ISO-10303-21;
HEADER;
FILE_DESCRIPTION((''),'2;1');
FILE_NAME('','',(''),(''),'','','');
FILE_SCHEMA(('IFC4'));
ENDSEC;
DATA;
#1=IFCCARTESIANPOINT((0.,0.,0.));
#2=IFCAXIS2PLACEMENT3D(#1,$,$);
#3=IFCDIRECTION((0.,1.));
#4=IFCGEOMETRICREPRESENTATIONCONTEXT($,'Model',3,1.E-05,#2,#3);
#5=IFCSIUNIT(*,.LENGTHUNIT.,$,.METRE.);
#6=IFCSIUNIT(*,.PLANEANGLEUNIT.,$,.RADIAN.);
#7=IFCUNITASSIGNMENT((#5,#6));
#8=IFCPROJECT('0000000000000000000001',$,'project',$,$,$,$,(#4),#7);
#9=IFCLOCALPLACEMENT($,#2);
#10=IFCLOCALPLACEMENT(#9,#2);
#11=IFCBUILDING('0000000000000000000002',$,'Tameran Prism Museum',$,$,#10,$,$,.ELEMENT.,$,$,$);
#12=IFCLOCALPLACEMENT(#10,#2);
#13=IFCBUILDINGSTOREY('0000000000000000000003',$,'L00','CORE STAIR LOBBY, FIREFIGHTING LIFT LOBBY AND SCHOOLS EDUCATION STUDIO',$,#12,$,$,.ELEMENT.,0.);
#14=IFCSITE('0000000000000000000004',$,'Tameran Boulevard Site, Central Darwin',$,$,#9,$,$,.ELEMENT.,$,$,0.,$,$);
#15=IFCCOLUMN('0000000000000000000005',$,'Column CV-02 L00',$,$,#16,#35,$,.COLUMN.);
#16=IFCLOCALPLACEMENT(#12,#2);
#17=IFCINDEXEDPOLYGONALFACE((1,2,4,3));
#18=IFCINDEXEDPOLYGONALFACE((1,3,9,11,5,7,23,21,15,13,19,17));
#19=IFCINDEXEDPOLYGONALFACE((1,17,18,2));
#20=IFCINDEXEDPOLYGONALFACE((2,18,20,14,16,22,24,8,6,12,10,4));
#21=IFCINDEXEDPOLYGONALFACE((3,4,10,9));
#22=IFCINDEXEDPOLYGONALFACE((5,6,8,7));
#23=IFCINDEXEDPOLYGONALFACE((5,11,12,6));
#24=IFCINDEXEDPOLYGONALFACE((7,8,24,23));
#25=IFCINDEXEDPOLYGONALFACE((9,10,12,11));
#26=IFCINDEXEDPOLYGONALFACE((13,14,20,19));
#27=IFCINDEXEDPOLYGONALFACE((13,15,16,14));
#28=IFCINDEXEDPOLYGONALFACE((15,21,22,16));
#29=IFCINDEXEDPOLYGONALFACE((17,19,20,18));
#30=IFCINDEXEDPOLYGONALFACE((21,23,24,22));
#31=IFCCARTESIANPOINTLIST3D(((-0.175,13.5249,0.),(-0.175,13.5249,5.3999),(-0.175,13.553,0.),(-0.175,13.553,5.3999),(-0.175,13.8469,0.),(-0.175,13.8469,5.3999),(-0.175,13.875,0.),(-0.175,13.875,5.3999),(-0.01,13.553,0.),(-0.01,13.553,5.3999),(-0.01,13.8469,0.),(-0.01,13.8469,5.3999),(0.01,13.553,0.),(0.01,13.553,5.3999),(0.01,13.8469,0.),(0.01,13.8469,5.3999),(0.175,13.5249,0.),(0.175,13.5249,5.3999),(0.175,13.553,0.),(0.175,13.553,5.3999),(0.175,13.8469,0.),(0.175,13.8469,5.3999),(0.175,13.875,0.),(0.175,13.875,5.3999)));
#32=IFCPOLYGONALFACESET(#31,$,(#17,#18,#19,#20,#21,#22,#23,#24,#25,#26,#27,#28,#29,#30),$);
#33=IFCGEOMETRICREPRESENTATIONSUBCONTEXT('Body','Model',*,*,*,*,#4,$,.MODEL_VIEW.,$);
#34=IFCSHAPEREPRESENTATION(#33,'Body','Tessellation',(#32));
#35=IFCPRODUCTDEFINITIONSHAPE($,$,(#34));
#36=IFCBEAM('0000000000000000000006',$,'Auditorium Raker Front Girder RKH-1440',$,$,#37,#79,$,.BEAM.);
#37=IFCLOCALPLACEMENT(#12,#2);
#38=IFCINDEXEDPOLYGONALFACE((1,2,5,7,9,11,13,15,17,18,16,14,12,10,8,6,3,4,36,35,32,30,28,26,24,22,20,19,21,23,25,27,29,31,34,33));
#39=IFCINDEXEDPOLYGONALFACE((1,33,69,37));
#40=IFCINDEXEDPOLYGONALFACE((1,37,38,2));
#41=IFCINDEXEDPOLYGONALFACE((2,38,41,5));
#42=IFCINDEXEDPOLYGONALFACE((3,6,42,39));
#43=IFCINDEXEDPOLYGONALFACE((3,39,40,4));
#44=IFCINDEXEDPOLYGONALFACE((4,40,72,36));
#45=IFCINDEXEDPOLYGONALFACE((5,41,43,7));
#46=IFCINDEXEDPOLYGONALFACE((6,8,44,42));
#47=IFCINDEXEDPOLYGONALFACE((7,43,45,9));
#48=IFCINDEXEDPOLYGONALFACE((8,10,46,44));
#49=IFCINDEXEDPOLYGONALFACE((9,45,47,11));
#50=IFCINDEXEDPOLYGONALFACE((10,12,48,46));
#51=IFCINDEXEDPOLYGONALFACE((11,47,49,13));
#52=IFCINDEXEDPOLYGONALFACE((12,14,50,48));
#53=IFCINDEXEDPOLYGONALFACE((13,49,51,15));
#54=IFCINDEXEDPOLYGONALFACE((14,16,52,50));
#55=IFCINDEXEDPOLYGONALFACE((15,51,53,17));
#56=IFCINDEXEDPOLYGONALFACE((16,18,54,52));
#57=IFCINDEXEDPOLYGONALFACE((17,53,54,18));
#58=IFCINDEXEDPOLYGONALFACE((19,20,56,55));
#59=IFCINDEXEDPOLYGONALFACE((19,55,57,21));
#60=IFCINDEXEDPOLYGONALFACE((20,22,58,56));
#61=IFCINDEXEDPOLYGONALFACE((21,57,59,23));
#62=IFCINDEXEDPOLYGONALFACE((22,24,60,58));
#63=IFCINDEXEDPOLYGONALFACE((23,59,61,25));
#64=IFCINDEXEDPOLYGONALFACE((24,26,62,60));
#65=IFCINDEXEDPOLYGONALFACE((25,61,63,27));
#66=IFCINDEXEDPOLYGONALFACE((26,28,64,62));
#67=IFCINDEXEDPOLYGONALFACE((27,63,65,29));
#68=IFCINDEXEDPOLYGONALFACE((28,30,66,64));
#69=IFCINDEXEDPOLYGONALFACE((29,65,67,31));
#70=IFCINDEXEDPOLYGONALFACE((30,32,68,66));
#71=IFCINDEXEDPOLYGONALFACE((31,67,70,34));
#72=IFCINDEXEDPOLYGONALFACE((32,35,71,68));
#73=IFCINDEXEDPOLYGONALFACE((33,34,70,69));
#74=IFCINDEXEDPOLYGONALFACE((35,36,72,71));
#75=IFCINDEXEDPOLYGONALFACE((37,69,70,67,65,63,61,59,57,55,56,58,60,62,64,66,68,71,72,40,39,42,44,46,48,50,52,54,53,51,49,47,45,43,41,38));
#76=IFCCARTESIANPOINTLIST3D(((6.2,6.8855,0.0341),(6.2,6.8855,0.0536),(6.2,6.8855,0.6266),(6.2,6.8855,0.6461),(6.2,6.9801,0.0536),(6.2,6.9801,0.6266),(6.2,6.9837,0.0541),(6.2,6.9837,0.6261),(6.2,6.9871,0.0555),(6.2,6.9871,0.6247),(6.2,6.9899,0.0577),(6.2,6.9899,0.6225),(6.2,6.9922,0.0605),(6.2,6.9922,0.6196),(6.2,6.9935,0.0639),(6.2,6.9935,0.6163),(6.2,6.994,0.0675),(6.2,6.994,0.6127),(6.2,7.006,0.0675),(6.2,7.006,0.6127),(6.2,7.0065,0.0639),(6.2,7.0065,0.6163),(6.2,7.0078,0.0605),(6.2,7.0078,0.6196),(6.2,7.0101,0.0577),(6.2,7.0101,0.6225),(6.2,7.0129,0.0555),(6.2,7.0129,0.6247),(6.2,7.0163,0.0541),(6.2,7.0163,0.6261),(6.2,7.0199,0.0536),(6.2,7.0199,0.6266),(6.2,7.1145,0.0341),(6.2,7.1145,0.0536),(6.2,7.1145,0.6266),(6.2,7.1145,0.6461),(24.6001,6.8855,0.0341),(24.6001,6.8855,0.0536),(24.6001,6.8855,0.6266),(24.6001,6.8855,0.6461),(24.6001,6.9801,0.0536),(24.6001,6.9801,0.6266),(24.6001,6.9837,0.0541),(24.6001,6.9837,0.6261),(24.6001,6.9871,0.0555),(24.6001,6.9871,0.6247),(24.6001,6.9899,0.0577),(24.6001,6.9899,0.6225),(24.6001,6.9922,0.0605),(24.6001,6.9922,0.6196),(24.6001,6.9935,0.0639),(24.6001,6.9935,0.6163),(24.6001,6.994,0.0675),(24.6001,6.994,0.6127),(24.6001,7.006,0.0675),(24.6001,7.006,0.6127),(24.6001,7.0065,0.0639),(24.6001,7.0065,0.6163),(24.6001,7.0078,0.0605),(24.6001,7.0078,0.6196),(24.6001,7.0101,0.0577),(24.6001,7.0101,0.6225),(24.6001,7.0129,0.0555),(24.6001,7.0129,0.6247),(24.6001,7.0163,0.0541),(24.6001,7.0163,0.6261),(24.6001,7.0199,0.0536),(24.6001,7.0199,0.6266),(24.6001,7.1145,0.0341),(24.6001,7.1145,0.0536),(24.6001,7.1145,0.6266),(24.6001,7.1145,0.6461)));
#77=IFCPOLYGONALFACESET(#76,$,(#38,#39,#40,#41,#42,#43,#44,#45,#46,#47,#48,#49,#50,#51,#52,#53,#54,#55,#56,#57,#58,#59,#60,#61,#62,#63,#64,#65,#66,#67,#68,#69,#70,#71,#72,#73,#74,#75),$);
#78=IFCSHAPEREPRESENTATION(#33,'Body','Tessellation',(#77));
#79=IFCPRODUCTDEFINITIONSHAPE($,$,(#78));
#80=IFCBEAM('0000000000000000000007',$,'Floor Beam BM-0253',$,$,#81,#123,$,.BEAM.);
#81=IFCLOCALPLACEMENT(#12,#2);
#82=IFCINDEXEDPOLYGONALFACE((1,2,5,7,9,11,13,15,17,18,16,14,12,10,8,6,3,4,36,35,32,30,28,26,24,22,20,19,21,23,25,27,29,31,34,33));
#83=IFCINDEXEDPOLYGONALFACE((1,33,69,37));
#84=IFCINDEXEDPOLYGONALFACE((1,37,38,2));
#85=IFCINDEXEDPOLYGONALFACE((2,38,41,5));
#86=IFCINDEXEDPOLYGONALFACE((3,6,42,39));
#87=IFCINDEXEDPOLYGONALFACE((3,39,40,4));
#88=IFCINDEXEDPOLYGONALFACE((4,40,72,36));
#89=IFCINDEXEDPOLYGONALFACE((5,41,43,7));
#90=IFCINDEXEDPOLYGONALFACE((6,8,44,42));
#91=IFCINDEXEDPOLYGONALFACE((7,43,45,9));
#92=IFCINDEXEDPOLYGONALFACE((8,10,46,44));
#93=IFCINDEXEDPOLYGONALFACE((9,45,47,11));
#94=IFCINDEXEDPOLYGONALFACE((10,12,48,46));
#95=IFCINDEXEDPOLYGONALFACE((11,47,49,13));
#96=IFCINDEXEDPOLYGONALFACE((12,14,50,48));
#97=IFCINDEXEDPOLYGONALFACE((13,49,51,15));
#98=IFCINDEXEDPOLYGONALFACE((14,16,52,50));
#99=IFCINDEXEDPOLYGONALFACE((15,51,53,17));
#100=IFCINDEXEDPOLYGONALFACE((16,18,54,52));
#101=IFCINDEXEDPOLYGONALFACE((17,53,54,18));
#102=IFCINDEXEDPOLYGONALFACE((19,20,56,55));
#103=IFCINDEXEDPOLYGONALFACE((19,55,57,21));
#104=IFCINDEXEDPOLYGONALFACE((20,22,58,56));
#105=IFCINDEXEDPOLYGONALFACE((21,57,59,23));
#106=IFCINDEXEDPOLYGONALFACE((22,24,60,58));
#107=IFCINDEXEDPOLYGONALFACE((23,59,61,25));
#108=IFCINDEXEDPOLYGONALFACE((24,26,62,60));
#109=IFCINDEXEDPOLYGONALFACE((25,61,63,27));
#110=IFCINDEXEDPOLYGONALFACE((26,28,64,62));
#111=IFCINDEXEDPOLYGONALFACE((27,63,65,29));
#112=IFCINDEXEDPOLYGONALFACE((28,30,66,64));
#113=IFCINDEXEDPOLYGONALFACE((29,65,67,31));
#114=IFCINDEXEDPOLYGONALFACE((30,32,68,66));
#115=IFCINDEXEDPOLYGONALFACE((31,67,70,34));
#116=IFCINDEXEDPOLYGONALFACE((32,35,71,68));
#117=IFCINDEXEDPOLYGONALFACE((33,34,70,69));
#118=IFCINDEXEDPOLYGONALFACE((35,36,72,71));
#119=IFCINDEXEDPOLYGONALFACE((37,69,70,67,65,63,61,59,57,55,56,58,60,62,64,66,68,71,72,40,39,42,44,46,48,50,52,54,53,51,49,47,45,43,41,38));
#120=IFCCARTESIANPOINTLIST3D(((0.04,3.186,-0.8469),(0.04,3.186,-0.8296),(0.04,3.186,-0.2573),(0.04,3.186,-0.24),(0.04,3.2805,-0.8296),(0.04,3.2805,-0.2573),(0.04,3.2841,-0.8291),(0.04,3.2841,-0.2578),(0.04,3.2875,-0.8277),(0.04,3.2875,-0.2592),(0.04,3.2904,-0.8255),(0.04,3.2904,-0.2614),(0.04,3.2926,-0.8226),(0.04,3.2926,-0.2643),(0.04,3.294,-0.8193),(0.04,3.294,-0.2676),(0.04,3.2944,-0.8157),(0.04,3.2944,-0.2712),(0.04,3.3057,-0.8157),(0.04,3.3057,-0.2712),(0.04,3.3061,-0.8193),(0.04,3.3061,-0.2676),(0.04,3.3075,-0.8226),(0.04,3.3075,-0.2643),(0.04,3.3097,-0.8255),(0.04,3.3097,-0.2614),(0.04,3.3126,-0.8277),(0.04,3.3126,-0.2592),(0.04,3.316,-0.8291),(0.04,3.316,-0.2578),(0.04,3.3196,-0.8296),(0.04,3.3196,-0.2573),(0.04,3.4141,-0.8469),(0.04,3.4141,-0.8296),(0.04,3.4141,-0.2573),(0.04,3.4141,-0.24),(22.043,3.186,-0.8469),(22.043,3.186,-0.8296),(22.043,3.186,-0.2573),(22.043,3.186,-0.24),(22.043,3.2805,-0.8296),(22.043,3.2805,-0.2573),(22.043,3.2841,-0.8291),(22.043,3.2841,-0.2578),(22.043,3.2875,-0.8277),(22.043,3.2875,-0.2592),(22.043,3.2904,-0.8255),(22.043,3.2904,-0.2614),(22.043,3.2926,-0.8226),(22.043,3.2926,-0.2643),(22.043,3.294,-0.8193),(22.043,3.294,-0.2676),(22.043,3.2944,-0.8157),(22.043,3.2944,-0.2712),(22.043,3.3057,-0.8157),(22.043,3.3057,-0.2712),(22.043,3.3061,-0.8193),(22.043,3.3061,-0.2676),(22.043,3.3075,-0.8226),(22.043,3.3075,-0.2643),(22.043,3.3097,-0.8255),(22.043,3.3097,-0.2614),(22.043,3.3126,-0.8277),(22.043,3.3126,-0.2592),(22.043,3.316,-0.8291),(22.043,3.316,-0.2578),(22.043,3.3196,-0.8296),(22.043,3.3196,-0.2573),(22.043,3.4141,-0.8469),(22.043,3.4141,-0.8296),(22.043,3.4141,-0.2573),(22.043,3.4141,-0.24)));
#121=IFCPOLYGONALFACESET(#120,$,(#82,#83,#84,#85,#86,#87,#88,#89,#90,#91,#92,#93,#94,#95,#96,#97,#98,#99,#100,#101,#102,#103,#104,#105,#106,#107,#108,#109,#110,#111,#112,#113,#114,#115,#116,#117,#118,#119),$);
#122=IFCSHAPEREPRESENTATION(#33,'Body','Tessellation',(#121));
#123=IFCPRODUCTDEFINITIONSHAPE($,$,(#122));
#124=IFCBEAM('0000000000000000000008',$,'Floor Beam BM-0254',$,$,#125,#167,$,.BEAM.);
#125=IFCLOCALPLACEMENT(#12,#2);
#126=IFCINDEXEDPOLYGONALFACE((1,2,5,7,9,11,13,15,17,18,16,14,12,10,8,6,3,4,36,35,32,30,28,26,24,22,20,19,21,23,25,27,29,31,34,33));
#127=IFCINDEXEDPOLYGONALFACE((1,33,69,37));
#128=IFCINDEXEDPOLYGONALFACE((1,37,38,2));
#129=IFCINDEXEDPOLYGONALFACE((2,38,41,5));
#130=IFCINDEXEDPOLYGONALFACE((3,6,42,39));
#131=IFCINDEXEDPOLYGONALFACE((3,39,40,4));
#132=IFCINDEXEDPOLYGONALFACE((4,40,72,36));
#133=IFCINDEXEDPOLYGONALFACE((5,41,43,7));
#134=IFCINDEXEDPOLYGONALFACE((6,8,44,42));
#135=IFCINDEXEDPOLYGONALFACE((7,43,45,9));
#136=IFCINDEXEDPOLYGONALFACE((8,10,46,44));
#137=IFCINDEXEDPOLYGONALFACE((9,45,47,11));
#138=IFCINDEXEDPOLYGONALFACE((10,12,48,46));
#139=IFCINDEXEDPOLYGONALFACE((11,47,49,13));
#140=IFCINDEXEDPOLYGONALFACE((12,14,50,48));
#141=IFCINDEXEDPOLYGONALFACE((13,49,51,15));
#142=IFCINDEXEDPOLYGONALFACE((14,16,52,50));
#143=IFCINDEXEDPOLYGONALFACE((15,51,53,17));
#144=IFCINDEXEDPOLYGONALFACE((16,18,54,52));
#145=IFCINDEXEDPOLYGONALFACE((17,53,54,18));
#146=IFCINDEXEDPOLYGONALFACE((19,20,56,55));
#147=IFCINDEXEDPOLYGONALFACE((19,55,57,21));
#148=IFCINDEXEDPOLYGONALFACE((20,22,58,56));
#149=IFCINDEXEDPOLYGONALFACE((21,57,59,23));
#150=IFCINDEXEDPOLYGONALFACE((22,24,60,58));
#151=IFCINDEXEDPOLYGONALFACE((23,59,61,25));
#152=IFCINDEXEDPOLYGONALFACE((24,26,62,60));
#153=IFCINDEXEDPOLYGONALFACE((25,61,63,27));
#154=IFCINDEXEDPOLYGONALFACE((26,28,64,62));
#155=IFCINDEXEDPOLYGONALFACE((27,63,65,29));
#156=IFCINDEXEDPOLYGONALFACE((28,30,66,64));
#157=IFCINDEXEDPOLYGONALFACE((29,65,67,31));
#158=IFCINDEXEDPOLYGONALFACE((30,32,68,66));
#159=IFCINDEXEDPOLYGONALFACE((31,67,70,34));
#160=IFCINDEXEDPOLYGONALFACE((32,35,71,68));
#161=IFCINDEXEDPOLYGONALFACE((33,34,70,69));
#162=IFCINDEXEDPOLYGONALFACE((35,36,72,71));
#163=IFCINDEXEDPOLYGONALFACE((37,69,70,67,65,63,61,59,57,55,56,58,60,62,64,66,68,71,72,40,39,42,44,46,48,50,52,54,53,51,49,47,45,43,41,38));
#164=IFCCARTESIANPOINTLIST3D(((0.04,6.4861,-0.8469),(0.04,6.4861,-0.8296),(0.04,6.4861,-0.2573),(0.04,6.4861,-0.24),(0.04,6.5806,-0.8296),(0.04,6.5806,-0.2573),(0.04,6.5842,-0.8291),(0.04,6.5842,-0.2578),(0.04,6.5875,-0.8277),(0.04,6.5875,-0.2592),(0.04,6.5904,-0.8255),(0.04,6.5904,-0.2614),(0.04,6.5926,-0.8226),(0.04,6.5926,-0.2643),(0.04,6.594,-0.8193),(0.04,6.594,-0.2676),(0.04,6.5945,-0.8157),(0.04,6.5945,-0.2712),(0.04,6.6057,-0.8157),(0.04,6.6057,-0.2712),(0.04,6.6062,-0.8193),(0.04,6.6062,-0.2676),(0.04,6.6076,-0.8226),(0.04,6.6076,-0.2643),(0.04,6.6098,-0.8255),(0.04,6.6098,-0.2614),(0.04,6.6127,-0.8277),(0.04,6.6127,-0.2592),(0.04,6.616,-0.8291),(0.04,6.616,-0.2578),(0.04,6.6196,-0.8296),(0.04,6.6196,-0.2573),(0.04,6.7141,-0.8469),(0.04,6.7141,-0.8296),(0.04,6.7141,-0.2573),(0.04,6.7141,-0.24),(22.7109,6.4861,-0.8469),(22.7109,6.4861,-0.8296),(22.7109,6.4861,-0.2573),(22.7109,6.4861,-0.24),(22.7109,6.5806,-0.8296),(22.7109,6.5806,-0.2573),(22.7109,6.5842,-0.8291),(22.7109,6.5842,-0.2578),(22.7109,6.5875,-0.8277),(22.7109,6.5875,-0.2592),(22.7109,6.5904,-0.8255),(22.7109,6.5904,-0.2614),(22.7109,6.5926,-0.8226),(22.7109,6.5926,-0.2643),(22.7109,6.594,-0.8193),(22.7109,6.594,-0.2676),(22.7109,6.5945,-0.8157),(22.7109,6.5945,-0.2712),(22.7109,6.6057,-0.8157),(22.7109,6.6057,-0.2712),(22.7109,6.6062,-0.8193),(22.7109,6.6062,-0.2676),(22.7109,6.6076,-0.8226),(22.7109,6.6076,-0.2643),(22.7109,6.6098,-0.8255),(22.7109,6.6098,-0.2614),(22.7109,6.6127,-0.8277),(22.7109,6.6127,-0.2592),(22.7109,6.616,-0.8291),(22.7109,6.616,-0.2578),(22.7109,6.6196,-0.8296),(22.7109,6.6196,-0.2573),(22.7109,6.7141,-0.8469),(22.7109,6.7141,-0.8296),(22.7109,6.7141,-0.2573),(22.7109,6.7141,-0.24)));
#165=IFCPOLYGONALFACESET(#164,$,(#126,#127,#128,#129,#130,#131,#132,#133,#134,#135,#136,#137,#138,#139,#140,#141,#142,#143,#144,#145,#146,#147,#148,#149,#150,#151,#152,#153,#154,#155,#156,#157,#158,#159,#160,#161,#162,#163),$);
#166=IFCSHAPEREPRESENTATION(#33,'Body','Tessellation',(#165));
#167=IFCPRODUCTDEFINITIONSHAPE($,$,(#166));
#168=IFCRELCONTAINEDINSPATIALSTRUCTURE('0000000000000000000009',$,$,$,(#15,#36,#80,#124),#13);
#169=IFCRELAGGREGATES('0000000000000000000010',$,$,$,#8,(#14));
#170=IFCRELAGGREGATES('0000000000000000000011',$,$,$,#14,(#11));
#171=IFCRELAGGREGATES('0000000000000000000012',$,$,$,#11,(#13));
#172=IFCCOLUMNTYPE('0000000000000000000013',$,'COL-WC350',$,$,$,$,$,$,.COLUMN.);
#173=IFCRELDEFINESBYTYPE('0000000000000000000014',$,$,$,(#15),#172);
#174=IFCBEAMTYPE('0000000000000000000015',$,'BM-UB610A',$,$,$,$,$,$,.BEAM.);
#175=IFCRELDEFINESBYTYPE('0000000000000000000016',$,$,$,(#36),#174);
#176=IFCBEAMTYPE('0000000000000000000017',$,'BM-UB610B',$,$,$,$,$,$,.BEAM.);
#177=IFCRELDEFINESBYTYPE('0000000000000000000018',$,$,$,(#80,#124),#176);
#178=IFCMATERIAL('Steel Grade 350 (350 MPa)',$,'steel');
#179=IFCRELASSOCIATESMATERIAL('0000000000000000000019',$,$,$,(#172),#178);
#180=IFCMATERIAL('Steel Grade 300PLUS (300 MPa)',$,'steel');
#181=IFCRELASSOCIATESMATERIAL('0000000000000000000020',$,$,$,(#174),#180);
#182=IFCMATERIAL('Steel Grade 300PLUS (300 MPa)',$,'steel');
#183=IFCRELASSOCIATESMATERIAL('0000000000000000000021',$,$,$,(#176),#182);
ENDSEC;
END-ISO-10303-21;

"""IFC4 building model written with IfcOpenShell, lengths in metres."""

from ifc_helpers import new_model, si_unit, direction, frame, origin, origin_2d, place, context, subcontext, project, spatial, i_section, extrude, material, material_profile, profile_set, type_object, element, save


model = new_model("IFC4")

# Units and contexts
model_context = context("Model", 3, precision=1e-05, world=origin(), true_north=direction((0.0, 1.0)))
body_context = subcontext(model_context, "Body", "Model", "MODEL_VIEW")
ifc_project = project(units=[si_unit("LENGTHUNIT", "METRE"), si_unit("PLANEANGLEUNIT", "RADIAN")], contexts=[model_context])

# Site, building, storey
site_placement = place(None, origin())
site = spatial("IfcSite", under=ifc_project, at=site_placement, Name="Tameran Boulevard Site, Central Darwin", CompositionType="ELEMENT", RefElevation=0.0)
building_placement = place(site_placement, origin())
building = spatial("IfcBuilding", under=site, at=building_placement, Name="Tameran Prism Museum", CompositionType="ELEMENT")
storey_placement = place(building_placement, origin())
storey = spatial("IfcBuildingStorey", under=building, at=storey_placement, Name="L00", Description="CORE STAIR LOBBY, FIREFIGHTING LIFT LOBBY AND SCHOOLS EDUCATION STUDIO", CompositionType="ELEMENT", Elevation=0.0)

# Column
ifc_material_1 = material(Name="Steel Grade 350 (350 MPa)", Category="steel")
ifc_material_profile_1 = material_profile(ifc_material_1, i_section(OverallWidth=0.3501, OverallDepth=0.3501, WebThickness=0.02, FlangeThickness=0.0281, at=origin_2d()))
ifc_profile_set_1 = profile_set([ifc_material_profile_1])
column_type_1 = type_object("IfcColumnType", Name="COL-WC350", PredefinedType="COLUMN", material=ifc_profile_set_1)
column_1_placement = place(storey_placement, frame((0.0, 13.7, 0.0), z_axis=(0.0, 0.0, 1.0), x_axis=(1.0, 0.0, 0.0)))
element("IfcColumn", 1, at=column_1_placement, inside=storey, type_object=column_type_1, Name="Column CV-02 L00", PredefinedType="COLUMN", context=body_context, shape_type="SweptSolid", body=[
    extrude(i_section(OverallWidth=0.3501, OverallDepth=0.3501, WebThickness=0.02, FlangeThickness=0.0281, at=origin_2d()), origin(), (0.0, 0.0, 1.0), 5.3999),
])

# Beams
ifc_material_2 = material(Name="Steel Grade 300PLUS (300 MPa)", Category="steel")
ifc_material_profile_2 = material_profile(ifc_material_2, i_section(OverallWidth=0.229, OverallDepth=0.6121, WebThickness=0.012, FlangeThickness=0.0195, FilletRadius=0.0139, at=origin_2d()))
ifc_profile_set_2 = profile_set([ifc_material_profile_2])
beam_type_1 = type_object("IfcBeamType", Name="BM-UB610A", PredefinedType="BEAM", material=ifc_profile_set_2)
beam_1_placement = place(storey_placement, frame((6.2, 7.0, 0.3401), z_axis=(1.0, 0.0, 0.0), x_axis=(0.0, 1.0, 0.0)))
element("IfcBeam", 2, at=beam_1_placement, inside=storey, type_object=beam_type_1, Name="Auditorium Raker Front Girder RKH-1440", PredefinedType="BEAM", context=body_context, shape_type="SweptSolid", body=[
    extrude(i_section(OverallWidth=0.229, OverallDepth=0.6121, WebThickness=0.012, FlangeThickness=0.0195, FilletRadius=0.0139, at=origin_2d()), origin(), (0.0, 0.0, 1.0), 18.4001),
])
ifc_material_3 = material(Name="Steel Grade 300PLUS (300 MPa)", Category="steel")
ifc_material_profile_3 = material_profile(ifc_material_3, i_section(OverallWidth=0.228, OverallDepth=0.6069, WebThickness=0.0112, FlangeThickness=0.0173, FilletRadius=0.0139, at=origin_2d()))
ifc_profile_set_3 = profile_set([ifc_material_profile_3])
beam_type_2 = type_object("IfcBeamType", Name="BM-UB610B", PredefinedType="BEAM", material=ifc_profile_set_3)
beam_2_placement = place(storey_placement, frame((0.04, 3.3, -0.5435), z_axis=(1.0, 0.0, 0.0), x_axis=(0.0, 1.0, 0.0)))
element("IfcBeam", 3, at=beam_2_placement, inside=storey, type_object=beam_type_2, Name="Floor Beam BM-0253", PredefinedType="BEAM", context=body_context, shape_type="SweptSolid", body=[
    extrude(i_section(OverallWidth=0.228, OverallDepth=0.6069, WebThickness=0.0112, FlangeThickness=0.0173, FilletRadius=0.0139, at=origin_2d()), origin(), (0.0, 0.0, 1.0), 22.0029),
])
beam_3_placement = place(storey_placement, frame((0.04, 6.6001, -0.5435), z_axis=(1.0, 0.0, 0.0), x_axis=(0.0, 1.0, 0.0)))
element("IfcBeam", 4, at=beam_3_placement, inside=storey, type_object=beam_type_2, Name="Floor Beam BM-0254", PredefinedType="BEAM", context=body_context, shape_type="SweptSolid", body=[
    extrude(i_section(OverallWidth=0.228, OverallDepth=0.6069, WebThickness=0.0112, FlangeThickness=0.0173, FilletRadius=0.0139, at=origin_2d()), origin(), (0.0, 0.0, 1.0), 22.6709),
])

save(model, "model.ifc")
